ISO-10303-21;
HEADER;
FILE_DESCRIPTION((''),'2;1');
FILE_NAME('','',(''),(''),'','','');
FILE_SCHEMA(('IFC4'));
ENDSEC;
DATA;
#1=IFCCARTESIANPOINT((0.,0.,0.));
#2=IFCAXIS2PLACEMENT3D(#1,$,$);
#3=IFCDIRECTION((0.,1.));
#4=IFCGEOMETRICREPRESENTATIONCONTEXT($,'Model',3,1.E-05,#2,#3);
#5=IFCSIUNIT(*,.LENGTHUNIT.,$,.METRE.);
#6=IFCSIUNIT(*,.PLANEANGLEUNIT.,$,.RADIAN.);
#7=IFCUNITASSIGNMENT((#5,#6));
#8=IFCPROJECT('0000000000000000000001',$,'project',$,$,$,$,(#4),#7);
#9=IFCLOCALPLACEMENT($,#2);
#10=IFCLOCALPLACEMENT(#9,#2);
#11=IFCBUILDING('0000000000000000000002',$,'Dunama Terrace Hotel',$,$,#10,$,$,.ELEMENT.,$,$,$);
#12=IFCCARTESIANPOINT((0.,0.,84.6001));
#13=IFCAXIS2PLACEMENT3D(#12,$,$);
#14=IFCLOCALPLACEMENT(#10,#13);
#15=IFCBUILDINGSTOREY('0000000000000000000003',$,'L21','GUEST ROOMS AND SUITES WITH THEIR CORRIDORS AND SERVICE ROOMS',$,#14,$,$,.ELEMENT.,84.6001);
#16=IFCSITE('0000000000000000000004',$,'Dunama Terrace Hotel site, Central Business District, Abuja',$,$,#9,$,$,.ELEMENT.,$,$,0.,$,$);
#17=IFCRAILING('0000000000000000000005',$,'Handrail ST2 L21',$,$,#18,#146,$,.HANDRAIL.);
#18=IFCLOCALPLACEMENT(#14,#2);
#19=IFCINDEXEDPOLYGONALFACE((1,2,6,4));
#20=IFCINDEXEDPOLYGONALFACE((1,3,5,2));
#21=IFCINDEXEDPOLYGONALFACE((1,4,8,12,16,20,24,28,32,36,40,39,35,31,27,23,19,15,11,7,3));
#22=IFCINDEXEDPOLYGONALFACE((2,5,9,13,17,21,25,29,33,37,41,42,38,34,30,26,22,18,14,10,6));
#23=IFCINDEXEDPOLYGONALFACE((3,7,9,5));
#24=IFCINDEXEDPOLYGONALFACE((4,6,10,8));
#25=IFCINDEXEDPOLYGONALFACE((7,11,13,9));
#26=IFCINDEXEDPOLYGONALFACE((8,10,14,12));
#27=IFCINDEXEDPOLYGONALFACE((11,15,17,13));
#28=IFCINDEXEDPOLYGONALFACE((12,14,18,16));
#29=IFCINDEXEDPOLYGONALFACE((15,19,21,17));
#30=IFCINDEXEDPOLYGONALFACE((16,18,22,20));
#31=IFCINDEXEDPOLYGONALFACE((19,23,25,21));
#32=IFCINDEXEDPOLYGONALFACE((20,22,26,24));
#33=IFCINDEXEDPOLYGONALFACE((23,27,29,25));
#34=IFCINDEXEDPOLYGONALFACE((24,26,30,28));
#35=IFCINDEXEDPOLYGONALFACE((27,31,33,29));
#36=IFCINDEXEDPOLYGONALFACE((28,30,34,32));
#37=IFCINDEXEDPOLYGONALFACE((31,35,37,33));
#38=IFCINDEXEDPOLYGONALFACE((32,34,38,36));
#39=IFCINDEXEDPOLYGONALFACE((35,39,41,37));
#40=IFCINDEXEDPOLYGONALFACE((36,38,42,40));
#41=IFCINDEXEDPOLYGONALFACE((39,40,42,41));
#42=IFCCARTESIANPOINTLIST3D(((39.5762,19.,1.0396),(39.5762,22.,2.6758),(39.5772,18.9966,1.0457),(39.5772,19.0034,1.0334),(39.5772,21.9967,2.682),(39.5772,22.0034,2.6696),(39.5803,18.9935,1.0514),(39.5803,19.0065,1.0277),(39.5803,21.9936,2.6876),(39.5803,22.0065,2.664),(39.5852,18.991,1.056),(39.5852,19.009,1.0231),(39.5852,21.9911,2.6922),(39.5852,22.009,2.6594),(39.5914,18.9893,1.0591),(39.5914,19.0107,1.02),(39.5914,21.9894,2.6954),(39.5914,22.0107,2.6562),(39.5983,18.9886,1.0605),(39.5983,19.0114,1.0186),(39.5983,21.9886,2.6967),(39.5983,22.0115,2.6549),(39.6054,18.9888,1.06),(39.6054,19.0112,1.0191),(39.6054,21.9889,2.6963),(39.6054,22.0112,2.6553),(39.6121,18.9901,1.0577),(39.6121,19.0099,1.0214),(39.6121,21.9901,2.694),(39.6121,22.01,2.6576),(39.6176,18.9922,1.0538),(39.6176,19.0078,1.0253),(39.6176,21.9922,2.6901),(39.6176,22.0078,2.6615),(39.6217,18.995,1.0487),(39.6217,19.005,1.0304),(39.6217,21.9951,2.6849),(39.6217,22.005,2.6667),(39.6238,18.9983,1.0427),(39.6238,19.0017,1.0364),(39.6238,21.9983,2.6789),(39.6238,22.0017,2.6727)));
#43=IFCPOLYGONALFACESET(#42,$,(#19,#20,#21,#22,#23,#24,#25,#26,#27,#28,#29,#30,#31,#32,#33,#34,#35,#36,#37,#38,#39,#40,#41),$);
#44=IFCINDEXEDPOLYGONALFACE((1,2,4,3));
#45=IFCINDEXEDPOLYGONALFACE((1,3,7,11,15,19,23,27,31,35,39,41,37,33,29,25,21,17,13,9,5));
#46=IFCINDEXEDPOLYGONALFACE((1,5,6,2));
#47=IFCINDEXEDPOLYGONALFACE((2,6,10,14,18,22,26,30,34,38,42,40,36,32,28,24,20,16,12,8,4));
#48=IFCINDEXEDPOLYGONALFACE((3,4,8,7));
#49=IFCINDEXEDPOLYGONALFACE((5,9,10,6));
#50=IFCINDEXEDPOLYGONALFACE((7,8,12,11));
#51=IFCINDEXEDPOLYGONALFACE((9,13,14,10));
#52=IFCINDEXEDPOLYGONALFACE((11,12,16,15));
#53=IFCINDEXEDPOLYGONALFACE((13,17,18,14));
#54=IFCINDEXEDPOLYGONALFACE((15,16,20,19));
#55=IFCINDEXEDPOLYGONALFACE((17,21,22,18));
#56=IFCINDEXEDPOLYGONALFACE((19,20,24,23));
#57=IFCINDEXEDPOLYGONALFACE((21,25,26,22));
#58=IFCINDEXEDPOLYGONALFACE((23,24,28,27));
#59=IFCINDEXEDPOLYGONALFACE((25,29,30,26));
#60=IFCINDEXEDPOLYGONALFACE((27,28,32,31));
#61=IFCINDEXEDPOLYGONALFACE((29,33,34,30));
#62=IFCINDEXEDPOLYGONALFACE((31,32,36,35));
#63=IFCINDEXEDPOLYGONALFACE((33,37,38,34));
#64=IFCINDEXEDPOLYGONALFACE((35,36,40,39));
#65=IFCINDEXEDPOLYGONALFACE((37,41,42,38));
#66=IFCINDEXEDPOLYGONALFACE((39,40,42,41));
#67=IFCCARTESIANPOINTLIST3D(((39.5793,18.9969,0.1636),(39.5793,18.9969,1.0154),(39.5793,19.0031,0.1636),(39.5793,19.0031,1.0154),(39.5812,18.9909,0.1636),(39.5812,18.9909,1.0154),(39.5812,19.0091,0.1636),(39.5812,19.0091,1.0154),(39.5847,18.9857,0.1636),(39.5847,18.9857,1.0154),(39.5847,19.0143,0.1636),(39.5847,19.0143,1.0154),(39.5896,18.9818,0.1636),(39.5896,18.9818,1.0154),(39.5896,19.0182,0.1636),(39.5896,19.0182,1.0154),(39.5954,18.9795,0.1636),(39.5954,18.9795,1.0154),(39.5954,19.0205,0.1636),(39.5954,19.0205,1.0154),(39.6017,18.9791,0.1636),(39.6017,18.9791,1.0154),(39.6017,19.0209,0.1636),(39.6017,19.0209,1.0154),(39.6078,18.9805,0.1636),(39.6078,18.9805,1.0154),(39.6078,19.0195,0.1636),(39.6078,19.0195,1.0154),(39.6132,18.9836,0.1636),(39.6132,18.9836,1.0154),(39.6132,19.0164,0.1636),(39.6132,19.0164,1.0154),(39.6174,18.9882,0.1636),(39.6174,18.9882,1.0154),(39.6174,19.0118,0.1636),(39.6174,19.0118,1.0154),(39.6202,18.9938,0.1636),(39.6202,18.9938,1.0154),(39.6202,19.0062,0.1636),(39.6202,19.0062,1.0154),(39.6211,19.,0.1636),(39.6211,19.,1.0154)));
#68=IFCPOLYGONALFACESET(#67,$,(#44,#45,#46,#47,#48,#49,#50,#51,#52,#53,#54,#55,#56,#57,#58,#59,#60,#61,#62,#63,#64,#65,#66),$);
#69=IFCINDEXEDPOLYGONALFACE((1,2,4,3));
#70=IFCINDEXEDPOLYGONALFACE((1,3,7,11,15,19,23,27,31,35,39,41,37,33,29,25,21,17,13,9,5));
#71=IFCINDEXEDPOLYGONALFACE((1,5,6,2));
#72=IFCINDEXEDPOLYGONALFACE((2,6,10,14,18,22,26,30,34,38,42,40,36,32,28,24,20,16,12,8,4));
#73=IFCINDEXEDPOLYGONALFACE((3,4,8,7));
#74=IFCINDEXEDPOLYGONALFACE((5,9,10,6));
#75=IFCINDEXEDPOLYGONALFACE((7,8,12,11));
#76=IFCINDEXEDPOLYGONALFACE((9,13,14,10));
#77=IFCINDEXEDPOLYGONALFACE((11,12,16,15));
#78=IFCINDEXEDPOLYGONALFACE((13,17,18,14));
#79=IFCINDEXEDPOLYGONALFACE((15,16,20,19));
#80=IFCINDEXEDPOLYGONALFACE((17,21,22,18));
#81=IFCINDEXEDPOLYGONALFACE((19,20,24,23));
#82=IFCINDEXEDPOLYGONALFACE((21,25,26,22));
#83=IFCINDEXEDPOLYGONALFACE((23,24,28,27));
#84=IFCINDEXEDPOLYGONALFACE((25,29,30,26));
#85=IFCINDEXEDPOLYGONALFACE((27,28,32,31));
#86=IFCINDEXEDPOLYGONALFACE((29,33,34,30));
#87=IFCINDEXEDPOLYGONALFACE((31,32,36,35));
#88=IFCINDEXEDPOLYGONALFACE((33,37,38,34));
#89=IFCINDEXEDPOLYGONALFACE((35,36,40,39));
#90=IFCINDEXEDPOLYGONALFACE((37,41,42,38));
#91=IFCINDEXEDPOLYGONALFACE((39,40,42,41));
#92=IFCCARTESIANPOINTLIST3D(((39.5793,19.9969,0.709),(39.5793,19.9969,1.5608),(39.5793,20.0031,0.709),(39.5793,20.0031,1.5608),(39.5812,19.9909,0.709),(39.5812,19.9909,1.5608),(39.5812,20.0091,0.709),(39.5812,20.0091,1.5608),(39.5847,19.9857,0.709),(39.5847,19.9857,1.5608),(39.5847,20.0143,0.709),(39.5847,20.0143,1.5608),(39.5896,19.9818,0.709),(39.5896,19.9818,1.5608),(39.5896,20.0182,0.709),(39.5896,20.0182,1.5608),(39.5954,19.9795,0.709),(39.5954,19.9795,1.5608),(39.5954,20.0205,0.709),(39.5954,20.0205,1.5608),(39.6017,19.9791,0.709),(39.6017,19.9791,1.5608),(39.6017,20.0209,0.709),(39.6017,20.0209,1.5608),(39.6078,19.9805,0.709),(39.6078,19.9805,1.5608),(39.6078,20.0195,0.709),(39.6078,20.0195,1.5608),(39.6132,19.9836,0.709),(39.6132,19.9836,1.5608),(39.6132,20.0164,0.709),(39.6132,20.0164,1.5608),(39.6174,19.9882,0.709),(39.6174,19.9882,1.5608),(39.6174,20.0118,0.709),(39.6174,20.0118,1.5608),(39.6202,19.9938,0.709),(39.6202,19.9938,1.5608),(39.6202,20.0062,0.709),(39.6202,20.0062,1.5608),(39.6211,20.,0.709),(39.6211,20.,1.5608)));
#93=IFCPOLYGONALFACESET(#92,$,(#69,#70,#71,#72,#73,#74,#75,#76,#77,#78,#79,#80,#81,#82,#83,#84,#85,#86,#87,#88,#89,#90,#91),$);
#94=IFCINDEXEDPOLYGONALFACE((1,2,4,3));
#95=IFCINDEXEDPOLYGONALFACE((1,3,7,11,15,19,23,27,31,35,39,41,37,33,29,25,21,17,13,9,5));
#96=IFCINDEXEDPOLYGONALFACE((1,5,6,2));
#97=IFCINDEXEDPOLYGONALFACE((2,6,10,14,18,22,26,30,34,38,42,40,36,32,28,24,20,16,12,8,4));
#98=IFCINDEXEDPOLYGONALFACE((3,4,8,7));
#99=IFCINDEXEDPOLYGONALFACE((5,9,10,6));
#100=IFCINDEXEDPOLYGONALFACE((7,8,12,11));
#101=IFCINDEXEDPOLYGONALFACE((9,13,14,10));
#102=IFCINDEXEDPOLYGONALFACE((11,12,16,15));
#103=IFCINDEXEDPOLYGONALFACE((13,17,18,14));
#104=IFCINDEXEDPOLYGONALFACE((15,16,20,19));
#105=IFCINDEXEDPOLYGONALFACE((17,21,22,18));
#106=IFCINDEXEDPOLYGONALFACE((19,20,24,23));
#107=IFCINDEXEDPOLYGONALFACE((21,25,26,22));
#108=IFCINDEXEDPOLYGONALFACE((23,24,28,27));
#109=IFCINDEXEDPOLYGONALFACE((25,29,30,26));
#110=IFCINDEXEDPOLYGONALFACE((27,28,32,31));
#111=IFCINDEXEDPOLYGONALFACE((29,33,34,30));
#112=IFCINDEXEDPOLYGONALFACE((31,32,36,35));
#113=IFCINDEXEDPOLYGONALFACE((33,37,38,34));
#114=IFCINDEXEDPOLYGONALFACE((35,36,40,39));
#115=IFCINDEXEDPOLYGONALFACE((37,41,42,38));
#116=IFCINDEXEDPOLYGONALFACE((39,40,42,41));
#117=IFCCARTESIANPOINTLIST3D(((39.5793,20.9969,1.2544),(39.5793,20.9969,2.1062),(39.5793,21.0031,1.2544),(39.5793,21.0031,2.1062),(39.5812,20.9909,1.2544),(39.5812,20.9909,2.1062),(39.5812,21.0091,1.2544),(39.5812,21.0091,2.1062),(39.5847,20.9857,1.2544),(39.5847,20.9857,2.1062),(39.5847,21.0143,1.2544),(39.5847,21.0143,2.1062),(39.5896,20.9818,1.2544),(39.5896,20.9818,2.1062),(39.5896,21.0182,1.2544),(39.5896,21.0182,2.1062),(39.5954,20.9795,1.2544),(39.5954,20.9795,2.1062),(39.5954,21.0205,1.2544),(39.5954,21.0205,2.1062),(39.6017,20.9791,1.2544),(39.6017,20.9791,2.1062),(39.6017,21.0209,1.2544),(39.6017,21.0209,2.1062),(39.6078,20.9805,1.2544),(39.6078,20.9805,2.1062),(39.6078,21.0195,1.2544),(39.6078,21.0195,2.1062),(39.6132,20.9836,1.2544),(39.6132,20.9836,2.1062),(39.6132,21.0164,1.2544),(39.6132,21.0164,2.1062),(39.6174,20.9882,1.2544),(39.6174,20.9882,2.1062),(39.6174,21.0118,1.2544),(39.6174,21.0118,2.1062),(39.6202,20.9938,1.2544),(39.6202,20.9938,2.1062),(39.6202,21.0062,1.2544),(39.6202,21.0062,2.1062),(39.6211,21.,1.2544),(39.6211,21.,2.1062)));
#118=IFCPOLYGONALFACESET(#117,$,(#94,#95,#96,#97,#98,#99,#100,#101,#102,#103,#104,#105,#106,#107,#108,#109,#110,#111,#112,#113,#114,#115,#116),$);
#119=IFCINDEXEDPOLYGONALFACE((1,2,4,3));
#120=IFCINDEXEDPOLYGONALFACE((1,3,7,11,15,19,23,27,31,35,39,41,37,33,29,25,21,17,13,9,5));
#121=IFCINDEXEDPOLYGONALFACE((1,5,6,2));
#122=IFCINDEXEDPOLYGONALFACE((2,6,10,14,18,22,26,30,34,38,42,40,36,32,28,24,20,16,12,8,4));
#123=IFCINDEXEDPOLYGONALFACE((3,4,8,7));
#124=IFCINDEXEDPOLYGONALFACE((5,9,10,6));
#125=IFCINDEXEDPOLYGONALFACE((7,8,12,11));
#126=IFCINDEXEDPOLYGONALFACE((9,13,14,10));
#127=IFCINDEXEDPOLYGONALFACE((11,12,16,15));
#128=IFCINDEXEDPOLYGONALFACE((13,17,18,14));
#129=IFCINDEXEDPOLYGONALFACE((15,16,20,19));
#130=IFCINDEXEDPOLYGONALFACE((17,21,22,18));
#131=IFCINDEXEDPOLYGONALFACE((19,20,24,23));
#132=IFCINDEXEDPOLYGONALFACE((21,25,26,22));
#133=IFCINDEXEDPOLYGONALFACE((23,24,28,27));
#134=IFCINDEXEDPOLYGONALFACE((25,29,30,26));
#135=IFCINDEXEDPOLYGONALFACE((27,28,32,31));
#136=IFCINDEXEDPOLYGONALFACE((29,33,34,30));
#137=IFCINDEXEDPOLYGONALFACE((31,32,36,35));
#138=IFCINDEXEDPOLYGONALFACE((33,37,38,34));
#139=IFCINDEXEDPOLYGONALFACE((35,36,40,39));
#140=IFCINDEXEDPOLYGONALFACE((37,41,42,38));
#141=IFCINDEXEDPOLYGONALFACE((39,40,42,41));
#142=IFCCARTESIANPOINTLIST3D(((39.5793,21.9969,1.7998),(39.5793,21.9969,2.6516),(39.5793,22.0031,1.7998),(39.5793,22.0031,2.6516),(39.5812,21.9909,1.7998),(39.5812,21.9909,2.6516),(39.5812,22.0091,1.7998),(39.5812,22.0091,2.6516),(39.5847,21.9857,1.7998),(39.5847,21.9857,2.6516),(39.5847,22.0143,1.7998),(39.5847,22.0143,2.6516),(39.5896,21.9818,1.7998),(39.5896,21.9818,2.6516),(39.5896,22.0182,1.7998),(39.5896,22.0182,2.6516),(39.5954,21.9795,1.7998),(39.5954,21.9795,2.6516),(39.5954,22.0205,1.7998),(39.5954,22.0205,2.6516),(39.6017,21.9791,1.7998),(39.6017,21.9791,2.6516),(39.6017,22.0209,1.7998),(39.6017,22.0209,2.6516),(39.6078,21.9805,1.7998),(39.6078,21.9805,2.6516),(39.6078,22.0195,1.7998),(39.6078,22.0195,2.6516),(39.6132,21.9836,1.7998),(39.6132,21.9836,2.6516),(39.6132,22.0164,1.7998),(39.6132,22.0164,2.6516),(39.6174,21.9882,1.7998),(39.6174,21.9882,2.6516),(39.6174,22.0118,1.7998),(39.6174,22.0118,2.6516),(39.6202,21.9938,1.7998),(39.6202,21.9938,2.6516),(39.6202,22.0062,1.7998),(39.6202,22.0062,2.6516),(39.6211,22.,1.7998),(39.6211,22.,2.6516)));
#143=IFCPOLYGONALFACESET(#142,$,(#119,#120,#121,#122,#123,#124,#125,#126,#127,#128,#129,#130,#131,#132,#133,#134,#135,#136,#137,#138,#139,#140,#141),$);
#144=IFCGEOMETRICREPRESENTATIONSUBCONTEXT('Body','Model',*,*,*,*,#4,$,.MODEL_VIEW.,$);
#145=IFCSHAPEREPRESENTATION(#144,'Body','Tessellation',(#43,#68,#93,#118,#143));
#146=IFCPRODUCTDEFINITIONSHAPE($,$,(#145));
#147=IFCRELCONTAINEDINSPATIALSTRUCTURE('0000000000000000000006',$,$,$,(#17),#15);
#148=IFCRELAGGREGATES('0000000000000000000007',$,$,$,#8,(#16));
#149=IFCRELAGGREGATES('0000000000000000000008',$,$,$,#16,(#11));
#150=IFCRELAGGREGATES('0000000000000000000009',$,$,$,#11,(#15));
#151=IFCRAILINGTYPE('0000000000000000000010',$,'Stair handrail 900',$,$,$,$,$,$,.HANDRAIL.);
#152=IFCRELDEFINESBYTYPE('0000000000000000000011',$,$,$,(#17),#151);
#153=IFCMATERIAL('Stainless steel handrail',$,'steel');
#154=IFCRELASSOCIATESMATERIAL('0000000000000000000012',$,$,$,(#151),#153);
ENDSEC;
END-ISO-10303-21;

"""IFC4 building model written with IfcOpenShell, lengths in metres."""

from ifc_helpers import new_model, si_unit, direction, frame, origin, origin_2d, place, context, subcontext, project, spatial, circle, extrude, material, type_object, element, save


model = new_model("IFC4")

# Units and contexts
model_context = context("Model", 3, precision=1e-05, world=origin(), true_north=direction((0.0, 1.0)))
body_context = subcontext(model_context, "Body", "Model", "MODEL_VIEW")
ifc_project = project(units=[si_unit("LENGTHUNIT", "METRE"), si_unit("PLANEANGLEUNIT", "RADIAN")], contexts=[model_context])

# Site, building, storey
site_placement = place(None, origin())
site = spatial("IfcSite", under=ifc_project, at=site_placement, Name="Dunama Terrace Hotel site, Central Business District, Abuja", CompositionType="ELEMENT", RefElevation=0.0)
building_placement = place(site_placement, origin())
building = spatial("IfcBuilding", under=site, at=building_placement, Name="Dunama Terrace Hotel", CompositionType="ELEMENT")
storey_placement = place(building_placement, frame((0.0, 0.0, 84.6001)))
storey = spatial("IfcBuildingStorey", under=building, at=storey_placement, Name="L21", Description="GUEST ROOMS AND SUITES WITH THEIR CORRIDORS AND SERVICE ROOMS", CompositionType="ELEMENT", Elevation=84.6001)

# Railing
ifc_material_1 = material(Name="Stainless steel handrail", Category="steel")
railing_type = type_object("IfcRailingType", Name="Stair handrail 900", PredefinedType="HANDRAIL", material=ifc_material_1)
railing_1_placement = place(storey_placement, frame((39.6001, 19.0, 0.1636)))
element("IfcRailing", 1, at=railing_1_placement, inside=storey, type_object=railing_type, Name="Handrail ST2 L21", PredefinedType="HANDRAIL", context=body_context, shape_type="SweptSolid", body=[
    extrude(circle(Radius=0.0239, at=origin_2d()), frame((0.0, 0.0, 0.876), z_axis=(0.0, 0.877912, 0.478822), x_axis=(-1.0, 0.0, 0.0)), (0.0, 0.0, 1.0), 3.4172),
    extrude(circle(Radius=0.021, at=origin_2d()), origin(), (0.0, 0.0, 1.0), 0.8518),
    extrude(circle(Radius=0.021, at=origin_2d()), frame((0.0, 1.0, 0.5454)), (0.0, 0.0, 1.0), 0.8518),
    extrude(circle(Radius=0.021, at=origin_2d()), frame((0.0, 2.0, 1.0908)), (0.0, 0.0, 1.0), 0.8518),
    extrude(circle(Radius=0.021, at=origin_2d()), frame((0.0, 3.0, 1.6362)), (0.0, 0.0, 1.0), 0.8518),
])

save(model, "model.ifc")
